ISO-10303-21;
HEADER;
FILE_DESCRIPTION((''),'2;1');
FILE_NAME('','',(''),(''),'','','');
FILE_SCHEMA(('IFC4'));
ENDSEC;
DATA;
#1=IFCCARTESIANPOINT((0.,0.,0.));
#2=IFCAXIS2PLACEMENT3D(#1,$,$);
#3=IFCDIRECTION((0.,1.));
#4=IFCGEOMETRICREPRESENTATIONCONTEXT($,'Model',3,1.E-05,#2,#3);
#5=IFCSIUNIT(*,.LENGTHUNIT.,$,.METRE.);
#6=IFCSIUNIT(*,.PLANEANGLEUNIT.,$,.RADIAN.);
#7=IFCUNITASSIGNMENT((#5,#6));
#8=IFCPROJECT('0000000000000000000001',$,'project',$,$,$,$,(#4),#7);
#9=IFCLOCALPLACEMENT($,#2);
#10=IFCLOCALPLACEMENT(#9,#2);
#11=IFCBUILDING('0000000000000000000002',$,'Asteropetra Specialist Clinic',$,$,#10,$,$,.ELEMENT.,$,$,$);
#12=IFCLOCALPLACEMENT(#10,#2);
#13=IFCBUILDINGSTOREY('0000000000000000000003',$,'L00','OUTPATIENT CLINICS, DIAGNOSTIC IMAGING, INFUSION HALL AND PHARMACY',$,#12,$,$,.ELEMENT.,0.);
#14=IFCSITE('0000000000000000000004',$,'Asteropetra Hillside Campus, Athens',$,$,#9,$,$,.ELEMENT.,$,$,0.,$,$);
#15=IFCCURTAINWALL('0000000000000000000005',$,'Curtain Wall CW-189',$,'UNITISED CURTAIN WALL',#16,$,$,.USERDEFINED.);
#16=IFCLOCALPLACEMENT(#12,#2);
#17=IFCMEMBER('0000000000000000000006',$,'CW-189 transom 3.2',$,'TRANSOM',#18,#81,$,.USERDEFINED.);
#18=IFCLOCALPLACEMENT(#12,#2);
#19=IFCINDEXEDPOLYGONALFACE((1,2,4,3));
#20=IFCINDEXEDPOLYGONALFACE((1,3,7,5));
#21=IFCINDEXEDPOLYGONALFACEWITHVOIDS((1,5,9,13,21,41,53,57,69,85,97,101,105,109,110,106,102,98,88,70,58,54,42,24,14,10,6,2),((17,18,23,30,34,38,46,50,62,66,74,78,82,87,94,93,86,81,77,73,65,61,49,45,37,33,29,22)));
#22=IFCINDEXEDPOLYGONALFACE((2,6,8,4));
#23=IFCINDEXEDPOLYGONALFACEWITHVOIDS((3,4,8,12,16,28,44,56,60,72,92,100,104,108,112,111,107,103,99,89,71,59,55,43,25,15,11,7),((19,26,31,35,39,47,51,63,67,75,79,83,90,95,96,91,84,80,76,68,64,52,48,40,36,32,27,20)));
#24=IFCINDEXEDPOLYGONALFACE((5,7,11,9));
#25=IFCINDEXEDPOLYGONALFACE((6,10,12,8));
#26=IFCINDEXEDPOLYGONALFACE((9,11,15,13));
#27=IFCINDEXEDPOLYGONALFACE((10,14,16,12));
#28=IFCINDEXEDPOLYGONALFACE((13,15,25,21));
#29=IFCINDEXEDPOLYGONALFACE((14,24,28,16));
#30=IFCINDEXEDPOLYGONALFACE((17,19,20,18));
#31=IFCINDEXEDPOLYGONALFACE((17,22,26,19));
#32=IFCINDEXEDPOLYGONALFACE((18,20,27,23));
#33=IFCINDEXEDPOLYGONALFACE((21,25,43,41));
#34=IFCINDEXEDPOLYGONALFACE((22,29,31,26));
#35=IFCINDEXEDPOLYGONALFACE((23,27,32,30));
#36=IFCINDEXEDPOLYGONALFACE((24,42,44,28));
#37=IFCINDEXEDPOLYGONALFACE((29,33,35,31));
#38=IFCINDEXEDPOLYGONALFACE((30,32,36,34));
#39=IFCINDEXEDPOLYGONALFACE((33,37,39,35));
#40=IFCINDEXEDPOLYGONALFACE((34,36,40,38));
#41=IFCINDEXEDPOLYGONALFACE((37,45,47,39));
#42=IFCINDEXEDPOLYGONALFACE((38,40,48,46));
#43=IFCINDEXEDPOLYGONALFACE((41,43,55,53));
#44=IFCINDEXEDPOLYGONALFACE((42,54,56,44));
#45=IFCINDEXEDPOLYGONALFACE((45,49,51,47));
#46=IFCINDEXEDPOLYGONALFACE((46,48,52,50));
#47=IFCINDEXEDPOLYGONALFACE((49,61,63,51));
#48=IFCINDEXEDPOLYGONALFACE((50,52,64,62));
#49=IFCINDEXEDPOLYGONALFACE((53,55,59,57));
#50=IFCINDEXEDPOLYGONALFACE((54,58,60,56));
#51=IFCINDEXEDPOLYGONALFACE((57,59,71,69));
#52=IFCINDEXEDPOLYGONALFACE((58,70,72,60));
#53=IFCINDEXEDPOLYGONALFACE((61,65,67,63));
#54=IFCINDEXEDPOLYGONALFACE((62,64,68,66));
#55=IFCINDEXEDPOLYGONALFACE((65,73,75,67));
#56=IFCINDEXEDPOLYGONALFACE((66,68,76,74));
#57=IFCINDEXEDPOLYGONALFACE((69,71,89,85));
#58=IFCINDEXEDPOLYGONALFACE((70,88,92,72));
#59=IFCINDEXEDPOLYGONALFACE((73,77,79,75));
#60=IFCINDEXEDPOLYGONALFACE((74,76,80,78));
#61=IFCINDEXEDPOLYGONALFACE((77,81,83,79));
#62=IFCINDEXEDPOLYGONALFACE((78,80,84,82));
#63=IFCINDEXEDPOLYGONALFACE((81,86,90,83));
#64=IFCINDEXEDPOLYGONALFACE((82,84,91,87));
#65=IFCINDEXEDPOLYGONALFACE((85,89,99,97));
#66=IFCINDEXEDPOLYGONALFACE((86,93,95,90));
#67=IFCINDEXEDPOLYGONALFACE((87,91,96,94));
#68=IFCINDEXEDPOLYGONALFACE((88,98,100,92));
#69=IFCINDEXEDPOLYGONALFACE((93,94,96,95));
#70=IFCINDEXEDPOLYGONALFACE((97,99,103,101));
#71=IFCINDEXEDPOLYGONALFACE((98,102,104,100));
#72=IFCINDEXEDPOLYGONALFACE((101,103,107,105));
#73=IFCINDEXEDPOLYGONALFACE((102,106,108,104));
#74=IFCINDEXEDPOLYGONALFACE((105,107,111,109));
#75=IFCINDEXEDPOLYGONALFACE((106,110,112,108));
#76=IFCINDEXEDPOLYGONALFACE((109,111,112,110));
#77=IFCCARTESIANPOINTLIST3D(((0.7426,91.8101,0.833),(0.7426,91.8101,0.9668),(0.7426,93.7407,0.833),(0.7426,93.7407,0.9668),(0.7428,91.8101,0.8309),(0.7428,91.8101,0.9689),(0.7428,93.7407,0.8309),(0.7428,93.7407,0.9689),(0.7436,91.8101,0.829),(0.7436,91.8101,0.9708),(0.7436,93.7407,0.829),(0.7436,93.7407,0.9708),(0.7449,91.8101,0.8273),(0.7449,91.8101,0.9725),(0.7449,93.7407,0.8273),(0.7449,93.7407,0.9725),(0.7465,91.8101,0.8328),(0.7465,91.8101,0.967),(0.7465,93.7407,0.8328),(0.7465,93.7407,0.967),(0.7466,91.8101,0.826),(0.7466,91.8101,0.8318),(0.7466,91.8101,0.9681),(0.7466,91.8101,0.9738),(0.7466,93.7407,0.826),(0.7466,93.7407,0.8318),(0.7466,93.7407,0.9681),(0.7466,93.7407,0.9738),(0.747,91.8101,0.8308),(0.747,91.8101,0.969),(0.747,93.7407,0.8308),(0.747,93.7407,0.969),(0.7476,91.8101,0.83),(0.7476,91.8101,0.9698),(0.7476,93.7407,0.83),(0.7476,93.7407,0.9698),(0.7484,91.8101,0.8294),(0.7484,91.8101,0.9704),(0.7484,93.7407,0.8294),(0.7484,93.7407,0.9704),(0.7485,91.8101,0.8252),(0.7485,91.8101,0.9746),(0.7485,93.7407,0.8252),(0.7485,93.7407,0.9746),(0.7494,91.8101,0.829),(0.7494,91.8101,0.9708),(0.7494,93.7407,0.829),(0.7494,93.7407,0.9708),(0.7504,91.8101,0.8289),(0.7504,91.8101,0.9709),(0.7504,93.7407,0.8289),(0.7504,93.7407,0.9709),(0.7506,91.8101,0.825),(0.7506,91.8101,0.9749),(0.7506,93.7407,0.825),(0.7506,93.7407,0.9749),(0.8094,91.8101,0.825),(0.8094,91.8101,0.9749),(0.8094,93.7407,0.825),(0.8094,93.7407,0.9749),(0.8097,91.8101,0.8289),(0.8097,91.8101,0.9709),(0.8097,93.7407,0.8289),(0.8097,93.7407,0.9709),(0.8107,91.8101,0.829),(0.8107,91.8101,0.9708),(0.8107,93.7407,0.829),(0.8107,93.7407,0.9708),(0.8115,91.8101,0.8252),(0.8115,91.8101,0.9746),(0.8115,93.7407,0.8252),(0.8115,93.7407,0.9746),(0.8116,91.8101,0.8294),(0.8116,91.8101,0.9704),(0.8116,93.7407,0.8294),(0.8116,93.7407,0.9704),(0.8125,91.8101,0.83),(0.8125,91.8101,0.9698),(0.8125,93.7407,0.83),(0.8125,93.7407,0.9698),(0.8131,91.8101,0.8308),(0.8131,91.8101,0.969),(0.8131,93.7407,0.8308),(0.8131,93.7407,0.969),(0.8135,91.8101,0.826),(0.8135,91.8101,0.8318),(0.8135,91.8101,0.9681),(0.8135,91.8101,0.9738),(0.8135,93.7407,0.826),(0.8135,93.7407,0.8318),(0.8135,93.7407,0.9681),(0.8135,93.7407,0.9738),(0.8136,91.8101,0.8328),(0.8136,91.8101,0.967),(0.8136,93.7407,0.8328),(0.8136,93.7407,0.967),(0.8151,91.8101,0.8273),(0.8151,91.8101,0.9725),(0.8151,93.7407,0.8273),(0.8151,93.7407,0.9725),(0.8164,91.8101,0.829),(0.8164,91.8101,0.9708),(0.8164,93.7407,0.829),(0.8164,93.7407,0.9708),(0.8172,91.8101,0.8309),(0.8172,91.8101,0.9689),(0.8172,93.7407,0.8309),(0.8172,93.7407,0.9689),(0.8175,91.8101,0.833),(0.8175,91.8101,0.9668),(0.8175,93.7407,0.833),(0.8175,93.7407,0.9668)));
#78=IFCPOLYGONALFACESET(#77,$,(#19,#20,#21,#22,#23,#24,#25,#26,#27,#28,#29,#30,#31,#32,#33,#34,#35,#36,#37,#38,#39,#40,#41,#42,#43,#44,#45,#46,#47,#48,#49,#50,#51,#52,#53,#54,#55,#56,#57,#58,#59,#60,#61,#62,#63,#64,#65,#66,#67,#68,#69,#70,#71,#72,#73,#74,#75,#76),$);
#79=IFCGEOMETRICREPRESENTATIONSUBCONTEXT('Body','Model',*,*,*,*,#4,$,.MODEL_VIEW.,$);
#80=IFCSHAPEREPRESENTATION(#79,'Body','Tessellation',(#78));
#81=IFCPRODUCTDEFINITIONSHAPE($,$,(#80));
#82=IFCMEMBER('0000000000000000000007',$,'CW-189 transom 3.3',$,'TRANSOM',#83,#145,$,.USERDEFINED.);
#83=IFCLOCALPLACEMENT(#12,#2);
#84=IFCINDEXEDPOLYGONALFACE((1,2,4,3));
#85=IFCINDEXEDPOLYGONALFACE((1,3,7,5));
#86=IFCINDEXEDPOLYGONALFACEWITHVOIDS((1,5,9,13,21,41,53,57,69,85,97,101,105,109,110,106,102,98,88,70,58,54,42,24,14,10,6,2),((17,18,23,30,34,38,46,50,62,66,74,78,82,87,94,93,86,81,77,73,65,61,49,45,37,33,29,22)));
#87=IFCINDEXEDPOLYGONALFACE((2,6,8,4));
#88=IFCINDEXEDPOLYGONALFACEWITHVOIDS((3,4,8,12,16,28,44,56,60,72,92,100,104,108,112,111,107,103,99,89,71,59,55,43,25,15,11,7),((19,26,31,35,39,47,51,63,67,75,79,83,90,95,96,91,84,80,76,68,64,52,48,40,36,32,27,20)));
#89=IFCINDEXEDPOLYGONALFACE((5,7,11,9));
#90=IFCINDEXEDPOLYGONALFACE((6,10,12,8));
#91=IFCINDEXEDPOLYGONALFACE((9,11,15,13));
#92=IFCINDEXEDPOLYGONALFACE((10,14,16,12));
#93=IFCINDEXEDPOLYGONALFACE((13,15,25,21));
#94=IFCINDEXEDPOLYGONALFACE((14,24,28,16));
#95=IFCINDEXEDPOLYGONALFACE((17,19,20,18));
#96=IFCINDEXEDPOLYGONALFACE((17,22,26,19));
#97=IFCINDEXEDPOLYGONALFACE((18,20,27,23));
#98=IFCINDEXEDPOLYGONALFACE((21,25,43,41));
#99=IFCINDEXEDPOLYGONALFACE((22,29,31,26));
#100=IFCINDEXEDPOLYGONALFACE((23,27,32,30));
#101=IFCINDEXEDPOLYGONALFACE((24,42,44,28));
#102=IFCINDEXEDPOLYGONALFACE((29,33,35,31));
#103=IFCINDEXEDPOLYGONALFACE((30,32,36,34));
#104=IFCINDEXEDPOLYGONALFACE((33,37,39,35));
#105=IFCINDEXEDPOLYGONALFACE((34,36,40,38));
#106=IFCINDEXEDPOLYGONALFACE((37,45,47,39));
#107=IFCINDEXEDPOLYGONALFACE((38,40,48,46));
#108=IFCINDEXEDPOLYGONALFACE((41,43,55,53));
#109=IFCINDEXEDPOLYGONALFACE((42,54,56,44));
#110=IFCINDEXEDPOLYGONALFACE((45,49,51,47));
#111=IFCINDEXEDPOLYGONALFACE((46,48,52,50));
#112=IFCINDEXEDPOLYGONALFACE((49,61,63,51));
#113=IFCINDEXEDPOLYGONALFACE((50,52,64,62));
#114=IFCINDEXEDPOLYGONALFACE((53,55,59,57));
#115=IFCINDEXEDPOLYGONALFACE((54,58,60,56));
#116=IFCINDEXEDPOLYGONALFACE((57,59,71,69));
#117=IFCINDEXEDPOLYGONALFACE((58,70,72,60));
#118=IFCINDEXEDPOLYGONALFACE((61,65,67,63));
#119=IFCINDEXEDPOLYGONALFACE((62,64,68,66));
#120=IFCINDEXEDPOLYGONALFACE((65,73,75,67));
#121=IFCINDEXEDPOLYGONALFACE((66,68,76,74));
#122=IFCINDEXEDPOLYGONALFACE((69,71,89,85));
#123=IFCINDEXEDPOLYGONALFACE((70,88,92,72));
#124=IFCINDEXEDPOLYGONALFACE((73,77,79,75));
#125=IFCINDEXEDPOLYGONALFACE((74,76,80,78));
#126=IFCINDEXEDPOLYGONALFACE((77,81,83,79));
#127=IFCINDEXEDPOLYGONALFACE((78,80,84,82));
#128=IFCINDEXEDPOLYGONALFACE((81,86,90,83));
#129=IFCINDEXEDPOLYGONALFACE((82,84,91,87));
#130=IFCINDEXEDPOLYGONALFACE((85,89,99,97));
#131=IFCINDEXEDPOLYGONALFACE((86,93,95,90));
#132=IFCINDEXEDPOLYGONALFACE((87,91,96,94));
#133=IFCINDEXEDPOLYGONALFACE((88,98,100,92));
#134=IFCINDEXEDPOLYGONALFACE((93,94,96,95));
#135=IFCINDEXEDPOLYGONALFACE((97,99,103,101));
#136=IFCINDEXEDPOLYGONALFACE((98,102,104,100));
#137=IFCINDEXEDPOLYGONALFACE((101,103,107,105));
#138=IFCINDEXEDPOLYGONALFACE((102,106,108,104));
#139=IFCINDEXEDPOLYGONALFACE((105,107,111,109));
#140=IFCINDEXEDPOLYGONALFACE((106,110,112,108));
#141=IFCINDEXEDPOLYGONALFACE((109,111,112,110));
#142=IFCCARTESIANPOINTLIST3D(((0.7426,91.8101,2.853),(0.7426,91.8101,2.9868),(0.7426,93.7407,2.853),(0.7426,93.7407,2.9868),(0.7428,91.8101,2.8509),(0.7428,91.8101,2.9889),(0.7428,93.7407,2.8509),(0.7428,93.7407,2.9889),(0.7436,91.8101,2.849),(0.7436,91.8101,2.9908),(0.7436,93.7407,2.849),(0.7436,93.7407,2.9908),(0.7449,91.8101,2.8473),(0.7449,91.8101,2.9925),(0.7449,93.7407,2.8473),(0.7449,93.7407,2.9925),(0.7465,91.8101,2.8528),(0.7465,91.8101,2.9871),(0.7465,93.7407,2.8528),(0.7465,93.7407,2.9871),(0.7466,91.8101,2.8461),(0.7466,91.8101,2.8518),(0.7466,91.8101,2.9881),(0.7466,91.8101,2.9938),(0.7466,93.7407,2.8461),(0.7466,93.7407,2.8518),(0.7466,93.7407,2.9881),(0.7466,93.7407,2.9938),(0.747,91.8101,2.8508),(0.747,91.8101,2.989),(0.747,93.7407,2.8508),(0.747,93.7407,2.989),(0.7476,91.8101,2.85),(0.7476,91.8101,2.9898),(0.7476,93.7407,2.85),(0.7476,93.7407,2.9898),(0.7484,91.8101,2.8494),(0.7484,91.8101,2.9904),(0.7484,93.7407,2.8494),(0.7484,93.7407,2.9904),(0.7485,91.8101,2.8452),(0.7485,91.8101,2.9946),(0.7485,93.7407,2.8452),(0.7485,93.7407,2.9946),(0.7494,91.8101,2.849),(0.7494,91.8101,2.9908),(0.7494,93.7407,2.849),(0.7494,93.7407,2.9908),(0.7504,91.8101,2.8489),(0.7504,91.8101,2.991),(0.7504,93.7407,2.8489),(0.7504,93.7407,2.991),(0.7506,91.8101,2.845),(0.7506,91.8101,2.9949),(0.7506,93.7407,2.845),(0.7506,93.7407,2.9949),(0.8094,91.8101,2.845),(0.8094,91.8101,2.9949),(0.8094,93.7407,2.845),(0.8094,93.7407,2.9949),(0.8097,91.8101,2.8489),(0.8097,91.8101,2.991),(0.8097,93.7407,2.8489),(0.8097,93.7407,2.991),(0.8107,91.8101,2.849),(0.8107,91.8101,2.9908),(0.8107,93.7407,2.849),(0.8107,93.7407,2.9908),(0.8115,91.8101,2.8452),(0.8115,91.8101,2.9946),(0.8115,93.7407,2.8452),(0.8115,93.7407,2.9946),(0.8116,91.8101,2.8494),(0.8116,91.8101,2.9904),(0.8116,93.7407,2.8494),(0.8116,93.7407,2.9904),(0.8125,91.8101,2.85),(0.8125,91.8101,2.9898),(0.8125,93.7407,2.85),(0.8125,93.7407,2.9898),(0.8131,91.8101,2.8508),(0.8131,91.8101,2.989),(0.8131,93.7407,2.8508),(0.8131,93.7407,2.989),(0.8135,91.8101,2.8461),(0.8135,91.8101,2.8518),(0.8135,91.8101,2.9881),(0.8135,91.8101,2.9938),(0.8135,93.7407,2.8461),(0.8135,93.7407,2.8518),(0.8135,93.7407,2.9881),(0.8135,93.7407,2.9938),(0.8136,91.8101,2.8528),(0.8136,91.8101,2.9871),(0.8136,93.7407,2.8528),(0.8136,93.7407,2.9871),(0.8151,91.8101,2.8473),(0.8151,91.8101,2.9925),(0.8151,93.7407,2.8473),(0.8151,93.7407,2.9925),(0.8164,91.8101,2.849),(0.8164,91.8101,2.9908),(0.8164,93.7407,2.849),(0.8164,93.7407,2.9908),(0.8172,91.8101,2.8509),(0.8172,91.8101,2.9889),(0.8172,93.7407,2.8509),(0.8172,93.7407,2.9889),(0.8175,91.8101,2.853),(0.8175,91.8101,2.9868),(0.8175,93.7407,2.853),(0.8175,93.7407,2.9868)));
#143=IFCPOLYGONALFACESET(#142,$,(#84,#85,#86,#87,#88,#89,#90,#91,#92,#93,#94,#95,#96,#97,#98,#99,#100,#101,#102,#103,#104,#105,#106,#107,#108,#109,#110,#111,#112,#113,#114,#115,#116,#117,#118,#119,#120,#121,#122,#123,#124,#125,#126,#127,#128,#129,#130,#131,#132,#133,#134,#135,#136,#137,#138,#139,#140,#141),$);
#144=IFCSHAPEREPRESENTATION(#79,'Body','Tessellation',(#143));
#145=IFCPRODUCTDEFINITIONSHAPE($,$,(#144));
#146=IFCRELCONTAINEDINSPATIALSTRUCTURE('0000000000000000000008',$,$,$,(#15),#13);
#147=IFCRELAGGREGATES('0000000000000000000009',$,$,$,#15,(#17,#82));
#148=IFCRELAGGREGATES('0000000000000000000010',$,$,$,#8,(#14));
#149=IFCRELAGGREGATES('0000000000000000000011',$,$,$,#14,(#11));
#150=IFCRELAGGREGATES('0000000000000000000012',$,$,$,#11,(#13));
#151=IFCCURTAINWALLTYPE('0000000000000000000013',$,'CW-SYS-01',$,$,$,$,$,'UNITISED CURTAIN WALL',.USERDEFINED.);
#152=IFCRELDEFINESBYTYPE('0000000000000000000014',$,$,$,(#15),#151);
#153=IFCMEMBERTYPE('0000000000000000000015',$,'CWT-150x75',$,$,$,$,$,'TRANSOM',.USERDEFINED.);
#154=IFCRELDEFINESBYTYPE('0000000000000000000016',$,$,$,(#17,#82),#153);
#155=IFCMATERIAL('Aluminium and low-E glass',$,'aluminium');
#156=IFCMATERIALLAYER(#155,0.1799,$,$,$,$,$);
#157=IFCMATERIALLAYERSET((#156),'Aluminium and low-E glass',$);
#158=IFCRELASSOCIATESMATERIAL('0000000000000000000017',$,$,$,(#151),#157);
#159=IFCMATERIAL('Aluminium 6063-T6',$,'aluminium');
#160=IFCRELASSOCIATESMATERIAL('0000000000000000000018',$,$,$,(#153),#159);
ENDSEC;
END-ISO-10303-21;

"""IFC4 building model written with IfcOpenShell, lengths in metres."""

from ifc_helpers import new_model, si_unit, direction, frame, origin, origin_2d, place, context, subcontext, project, spatial, hollow_rectangle, extrude, material, layer, layer_set, material_profile, profile_set, type_object, element, aggregate, save


model = new_model("IFC4")

# Units and contexts
model_context = context("Model", 3, precision=1e-05, world=origin(), true_north=direction((0.0, 1.0)))
body_context = subcontext(model_context, "Body", "Model", "MODEL_VIEW")
ifc_project = project(units=[si_unit("LENGTHUNIT", "METRE"), si_unit("PLANEANGLEUNIT", "RADIAN")], contexts=[model_context])

# Site, building, storey
site_placement = place(None, origin())
site = spatial("IfcSite", under=ifc_project, at=site_placement, Name="Asteropetra Hillside Campus, Athens", CompositionType="ELEMENT", RefElevation=0.0)
building_placement = place(site_placement, origin())
building = spatial("IfcBuilding", under=site, at=building_placement, Name="Asteropetra Specialist Clinic", CompositionType="ELEMENT")
storey_placement = place(building_placement, origin())
storey = spatial("IfcBuildingStorey", under=building, at=storey_placement, Name="L00", Description="OUTPATIENT CLINICS, DIAGNOSTIC IMAGING, INFUSION HALL AND PHARMACY", CompositionType="ELEMENT", Elevation=0.0)

# Curtain wall, members
ifc_material_1 = material(Name="Aluminium and low-E glass", Category="aluminium")
ifc_layer_1 = layer(ifc_material_1, 0.1799)
ifc_layer_set_1 = layer_set([ifc_layer_1], Name="Aluminium and low-E glass")
curtain_wall_type = type_object("IfcCurtainWallType", Name="CW-SYS-01", ElementType="UNITISED CURTAIN WALL", PredefinedType="USERDEFINED", material=ifc_layer_set_1)
curtain_wall_placement = place(storey_placement, origin())
curtain_wall = element("IfcCurtainWall", 1, at=curtain_wall_placement, inside=storey, type_object=curtain_wall_type, Name="Curtain Wall CW-189", ObjectType="UNITISED CURTAIN WALL", PredefinedType="USERDEFINED")
ifc_material_2 = material(Name="Aluminium 6063-T6", Category="aluminium")
ifc_material_profile_1 = material_profile(ifc_material_2, hollow_rectangle(XDim=0.075, YDim=0.1499, WallThickness=0.0039, InnerFilletRadius=0.0039, OuterFilletRadius=0.0081, at=origin_2d()), Name="TRN 150x75x4.0")
ifc_profile_set_1 = profile_set([ifc_material_profile_1], Name="Aluminium 6063-T6")
member_type_1 = type_object("IfcMemberType", Name="CWT-150x75", ElementType="TRANSOM", PredefinedType="USERDEFINED", material=ifc_profile_set_1)
member_1_placement = place(storey_placement, frame((0.78, 93.7407, 0.8999), z_axis=(0.0, -1.0, 0.0), x_axis=(1.0, 0.0, 0.0)))
member_1 = element("IfcMember", 2, at=member_1_placement, type_object=member_type_1, Name="CW-189 transom 3.2", ObjectType="TRANSOM", PredefinedType="USERDEFINED", context=body_context, shape_type="SweptSolid", body=[
    extrude(hollow_rectangle(XDim=0.075, YDim=0.1499, WallThickness=0.0039, InnerFilletRadius=0.0039, OuterFilletRadius=0.0081, at=origin_2d()), origin(), (0.0, 0.0, 1.0), 1.9307),
])
member_2_placement = place(storey_placement, frame((0.78, 93.7407, 2.9199), z_axis=(0.0, -1.0, 0.0), x_axis=(1.0, 0.0, 0.0)))
member_2 = element("IfcMember", 3, at=member_2_placement, type_object=member_type_1, Name="CW-189 transom 3.3", ObjectType="TRANSOM", PredefinedType="USERDEFINED", context=body_context, shape_type="SweptSolid", body=[
    extrude(hollow_rectangle(XDim=0.075, YDim=0.1499, WallThickness=0.0039, InnerFilletRadius=0.0039, OuterFilletRadius=0.0081, at=origin_2d()), origin(), (0.0, 0.0, 1.0), 1.9307),
])
aggregate(curtain_wall, [member_1, member_2])

save(model, "model.ifc")
